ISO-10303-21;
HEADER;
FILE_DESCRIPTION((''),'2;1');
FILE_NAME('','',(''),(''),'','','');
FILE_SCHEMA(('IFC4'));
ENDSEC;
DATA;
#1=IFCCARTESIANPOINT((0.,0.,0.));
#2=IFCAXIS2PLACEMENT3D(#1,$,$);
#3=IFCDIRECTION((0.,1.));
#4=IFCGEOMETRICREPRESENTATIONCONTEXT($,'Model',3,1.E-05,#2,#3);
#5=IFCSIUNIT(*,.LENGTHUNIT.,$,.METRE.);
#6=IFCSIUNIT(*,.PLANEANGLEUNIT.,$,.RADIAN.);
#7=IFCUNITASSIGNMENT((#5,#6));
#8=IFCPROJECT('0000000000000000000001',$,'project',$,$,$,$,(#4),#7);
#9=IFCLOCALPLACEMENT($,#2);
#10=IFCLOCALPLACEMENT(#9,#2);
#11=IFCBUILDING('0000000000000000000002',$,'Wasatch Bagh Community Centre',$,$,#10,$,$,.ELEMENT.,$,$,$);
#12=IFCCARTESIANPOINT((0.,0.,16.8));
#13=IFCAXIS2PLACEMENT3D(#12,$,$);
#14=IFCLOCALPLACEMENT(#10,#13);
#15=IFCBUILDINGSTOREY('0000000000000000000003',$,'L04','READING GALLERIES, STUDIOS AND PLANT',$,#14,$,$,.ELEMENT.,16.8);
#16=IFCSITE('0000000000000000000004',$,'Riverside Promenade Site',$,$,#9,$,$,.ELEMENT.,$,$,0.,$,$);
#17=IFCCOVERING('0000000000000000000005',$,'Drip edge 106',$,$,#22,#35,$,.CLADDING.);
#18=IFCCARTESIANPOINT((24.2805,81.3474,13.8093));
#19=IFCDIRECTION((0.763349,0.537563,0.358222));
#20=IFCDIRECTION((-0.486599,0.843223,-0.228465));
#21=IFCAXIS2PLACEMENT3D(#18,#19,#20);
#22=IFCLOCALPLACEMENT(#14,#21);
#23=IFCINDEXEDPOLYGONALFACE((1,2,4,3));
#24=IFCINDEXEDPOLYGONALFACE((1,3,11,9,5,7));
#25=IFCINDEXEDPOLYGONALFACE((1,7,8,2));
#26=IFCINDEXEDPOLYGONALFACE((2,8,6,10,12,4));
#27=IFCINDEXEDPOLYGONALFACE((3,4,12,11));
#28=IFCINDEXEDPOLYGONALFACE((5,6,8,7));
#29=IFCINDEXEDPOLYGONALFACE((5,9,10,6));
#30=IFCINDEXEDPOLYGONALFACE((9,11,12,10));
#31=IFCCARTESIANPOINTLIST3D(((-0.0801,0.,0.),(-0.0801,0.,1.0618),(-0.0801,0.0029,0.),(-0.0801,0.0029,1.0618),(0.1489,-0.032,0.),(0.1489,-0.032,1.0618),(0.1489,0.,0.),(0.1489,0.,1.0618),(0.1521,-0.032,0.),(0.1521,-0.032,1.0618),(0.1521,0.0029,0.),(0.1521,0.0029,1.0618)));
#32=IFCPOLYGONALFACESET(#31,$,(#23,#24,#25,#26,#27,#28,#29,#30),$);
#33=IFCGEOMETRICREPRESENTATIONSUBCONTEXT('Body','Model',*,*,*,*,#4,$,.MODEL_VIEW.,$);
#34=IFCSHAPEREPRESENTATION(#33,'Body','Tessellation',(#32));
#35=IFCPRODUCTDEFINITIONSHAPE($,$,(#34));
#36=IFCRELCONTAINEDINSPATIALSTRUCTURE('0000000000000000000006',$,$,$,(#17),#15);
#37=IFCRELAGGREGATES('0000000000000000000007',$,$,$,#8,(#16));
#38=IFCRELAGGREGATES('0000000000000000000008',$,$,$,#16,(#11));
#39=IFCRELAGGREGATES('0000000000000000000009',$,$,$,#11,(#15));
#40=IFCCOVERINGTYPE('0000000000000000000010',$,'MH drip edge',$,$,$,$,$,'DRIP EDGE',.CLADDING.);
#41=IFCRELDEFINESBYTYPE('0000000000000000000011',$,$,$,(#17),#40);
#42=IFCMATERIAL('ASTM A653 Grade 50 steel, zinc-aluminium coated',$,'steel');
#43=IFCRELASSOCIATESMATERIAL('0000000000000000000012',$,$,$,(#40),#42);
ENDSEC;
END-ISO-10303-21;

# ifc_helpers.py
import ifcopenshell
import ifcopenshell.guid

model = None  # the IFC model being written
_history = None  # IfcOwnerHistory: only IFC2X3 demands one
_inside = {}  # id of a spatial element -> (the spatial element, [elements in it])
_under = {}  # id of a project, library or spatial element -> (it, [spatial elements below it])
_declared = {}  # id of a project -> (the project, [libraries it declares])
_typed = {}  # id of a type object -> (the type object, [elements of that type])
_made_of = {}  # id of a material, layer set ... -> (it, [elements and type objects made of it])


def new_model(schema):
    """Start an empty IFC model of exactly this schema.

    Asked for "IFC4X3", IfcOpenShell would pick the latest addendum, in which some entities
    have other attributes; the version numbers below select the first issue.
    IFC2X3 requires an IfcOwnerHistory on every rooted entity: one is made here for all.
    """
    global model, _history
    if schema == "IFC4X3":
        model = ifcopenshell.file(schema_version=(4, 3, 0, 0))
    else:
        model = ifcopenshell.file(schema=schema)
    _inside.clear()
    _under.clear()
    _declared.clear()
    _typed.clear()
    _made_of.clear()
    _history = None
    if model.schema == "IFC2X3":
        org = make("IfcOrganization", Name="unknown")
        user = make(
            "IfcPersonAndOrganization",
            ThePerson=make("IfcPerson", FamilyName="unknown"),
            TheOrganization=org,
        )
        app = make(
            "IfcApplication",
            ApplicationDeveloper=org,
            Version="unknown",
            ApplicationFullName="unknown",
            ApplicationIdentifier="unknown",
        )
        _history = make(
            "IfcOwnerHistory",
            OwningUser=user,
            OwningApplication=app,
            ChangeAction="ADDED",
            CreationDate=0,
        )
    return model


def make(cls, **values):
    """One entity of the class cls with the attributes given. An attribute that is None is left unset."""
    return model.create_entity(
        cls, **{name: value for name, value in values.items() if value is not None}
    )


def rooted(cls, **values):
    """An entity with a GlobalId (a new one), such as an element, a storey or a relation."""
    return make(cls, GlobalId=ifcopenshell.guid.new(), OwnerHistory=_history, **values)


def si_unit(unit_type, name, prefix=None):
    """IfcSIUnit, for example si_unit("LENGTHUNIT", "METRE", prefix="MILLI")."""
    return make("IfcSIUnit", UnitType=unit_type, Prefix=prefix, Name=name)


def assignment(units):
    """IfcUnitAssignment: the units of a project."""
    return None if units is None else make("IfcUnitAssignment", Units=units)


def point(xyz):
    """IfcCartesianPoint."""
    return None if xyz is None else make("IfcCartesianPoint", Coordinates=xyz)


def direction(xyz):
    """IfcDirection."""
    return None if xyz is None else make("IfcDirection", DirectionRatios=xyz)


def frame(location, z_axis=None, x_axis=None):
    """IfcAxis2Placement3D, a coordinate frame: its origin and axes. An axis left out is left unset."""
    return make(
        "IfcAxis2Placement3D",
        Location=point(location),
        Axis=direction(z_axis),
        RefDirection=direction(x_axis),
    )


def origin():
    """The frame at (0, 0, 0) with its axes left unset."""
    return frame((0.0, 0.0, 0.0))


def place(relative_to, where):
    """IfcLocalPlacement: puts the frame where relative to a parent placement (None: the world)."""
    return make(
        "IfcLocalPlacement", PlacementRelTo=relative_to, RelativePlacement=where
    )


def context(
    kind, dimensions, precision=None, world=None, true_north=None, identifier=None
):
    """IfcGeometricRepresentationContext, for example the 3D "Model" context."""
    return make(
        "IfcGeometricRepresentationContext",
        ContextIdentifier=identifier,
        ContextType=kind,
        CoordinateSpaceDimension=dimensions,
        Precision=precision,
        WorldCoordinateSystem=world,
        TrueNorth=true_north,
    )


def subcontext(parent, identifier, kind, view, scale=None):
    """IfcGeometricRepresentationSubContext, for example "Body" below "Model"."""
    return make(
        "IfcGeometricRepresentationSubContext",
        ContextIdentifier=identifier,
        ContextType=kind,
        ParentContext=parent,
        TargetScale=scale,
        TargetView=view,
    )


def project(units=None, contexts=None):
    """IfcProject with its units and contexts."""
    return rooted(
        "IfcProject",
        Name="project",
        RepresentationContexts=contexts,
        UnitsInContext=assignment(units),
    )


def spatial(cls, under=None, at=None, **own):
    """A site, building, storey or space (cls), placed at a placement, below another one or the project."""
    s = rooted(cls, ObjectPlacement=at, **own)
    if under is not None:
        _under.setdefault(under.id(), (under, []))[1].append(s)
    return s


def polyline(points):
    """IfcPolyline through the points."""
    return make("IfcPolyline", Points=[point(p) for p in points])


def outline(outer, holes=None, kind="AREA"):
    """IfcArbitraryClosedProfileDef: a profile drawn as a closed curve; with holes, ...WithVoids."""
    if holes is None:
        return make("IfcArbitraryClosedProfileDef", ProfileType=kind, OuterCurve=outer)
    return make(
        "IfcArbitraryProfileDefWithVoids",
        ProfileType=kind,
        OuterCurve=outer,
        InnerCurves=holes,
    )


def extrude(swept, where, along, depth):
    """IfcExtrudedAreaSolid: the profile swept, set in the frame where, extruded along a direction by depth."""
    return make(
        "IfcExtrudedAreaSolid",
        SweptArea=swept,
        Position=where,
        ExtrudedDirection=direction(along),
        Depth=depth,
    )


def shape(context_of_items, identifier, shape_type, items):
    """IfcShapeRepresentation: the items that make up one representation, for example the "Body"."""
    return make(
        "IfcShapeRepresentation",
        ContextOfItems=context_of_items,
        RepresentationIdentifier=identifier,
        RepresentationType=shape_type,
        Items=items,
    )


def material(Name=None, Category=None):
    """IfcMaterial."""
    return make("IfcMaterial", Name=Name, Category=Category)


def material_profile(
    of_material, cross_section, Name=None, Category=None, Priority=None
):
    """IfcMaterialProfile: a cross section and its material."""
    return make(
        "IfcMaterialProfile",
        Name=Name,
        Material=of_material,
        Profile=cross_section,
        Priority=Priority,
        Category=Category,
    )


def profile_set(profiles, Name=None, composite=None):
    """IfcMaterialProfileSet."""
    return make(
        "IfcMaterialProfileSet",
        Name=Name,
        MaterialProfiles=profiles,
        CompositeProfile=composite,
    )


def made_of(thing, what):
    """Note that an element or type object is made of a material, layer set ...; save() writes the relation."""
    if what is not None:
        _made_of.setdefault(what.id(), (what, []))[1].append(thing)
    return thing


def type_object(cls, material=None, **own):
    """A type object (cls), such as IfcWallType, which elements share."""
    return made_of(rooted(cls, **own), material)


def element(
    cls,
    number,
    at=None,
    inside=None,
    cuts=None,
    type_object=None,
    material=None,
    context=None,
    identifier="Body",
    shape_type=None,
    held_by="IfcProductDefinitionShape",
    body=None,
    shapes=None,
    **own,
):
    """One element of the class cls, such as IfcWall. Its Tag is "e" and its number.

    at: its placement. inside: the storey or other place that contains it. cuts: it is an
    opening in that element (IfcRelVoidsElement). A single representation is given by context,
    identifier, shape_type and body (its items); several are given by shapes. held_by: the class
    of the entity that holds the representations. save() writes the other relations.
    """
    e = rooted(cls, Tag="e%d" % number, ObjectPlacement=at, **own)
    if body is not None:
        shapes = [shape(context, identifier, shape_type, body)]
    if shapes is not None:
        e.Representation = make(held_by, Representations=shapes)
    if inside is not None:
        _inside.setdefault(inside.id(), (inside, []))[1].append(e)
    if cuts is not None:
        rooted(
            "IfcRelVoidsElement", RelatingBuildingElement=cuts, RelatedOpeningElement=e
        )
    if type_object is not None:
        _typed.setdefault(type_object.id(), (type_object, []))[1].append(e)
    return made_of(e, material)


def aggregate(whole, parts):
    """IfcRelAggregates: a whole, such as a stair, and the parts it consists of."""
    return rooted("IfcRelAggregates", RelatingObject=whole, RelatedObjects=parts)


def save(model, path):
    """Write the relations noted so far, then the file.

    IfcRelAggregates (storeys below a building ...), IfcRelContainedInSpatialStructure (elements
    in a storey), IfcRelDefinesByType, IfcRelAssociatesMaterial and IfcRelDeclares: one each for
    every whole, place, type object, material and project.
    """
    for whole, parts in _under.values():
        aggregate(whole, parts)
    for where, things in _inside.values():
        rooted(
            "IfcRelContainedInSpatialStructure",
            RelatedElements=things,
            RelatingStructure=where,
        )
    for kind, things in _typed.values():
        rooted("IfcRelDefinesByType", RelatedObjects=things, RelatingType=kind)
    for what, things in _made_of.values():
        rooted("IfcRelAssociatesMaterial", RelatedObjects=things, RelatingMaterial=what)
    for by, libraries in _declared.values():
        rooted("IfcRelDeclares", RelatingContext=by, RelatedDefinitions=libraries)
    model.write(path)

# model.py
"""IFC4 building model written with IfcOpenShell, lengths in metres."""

from ifc_helpers import new_model, si_unit, direction, frame, origin, place, context, subcontext, project, spatial, polyline, outline, extrude, material, material_profile, profile_set, type_object, element, save


model = new_model("IFC4")

# Units and contexts
model_context = context("Model", 3, precision=1e-05, world=origin(), true_north=direction((0.0, 1.0)))
body_context = subcontext(model_context, "Body", "Model", "MODEL_VIEW")
ifc_project = project(units=[si_unit("LENGTHUNIT", "METRE"), si_unit("PLANEANGLEUNIT", "RADIAN")], contexts=[model_context])

# Site, building, storey
site_placement = place(None, origin())
site = spatial("IfcSite", under=ifc_project, at=site_placement, Name="Riverside Promenade Site", CompositionType="ELEMENT", RefElevation=0.0)
building_placement = place(site_placement, origin())
building = spatial("IfcBuilding", under=site, at=building_placement, Name="Wasatch Bagh Community Centre", CompositionType="ELEMENT")
storey_placement = place(building_placement, frame((0.0, 0.0, 16.8)))
storey = spatial("IfcBuildingStorey", under=building, at=storey_placement, Name="L04", Description="READING GALLERIES, STUDIOS AND PLANT", CompositionType="ELEMENT", Elevation=16.8)

# Covering
ifc_material_1 = material(Name="ASTM A653 Grade 50 steel, zinc-aluminium coated", Category="steel")
ifc_material_profile_1 = material_profile(ifc_material_1, outline(polyline([(-0.0801, 0.0029), (0.1521, 0.0029), (0.1521, -0.032), (0.1489, -0.032), (0.1489, 0.0), (-0.0801, 0.0), (-0.0801, 0.0029)])), Name="DRIP EDGE")
ifc_profile_set_1 = profile_set([ifc_material_profile_1], Name="ASTM A653 Grade 50 steel, zinc-aluminium coated")
covering_type_1 = type_object("IfcCoveringType", Name="MH drip edge", ElementType="DRIP EDGE", PredefinedType="CLADDING", material=ifc_profile_set_1)
covering_1_placement = place(storey_placement, frame((24.2805, 81.3474, 13.8093), z_axis=(0.763349, 0.537563, 0.358222), x_axis=(-0.486599, 0.843223, -0.228465)))
element("IfcCovering", 1, at=covering_1_placement, inside=storey, type_object=covering_type_1, Name="Drip edge 106", PredefinedType="CLADDING", context=body_context, shape_type="SweptSolid", body=[
    extrude(outline(polyline([(-0.0801, 0.0029), (0.1521, 0.0029), (0.1521, -0.032), (0.1489, -0.032), (0.1489, 0.0), (-0.0801, 0.0), (-0.0801, 0.0029)])), origin(), (0.0, 0.0, 1.0), 1.0618),
])

save(model, "model.ifc")
